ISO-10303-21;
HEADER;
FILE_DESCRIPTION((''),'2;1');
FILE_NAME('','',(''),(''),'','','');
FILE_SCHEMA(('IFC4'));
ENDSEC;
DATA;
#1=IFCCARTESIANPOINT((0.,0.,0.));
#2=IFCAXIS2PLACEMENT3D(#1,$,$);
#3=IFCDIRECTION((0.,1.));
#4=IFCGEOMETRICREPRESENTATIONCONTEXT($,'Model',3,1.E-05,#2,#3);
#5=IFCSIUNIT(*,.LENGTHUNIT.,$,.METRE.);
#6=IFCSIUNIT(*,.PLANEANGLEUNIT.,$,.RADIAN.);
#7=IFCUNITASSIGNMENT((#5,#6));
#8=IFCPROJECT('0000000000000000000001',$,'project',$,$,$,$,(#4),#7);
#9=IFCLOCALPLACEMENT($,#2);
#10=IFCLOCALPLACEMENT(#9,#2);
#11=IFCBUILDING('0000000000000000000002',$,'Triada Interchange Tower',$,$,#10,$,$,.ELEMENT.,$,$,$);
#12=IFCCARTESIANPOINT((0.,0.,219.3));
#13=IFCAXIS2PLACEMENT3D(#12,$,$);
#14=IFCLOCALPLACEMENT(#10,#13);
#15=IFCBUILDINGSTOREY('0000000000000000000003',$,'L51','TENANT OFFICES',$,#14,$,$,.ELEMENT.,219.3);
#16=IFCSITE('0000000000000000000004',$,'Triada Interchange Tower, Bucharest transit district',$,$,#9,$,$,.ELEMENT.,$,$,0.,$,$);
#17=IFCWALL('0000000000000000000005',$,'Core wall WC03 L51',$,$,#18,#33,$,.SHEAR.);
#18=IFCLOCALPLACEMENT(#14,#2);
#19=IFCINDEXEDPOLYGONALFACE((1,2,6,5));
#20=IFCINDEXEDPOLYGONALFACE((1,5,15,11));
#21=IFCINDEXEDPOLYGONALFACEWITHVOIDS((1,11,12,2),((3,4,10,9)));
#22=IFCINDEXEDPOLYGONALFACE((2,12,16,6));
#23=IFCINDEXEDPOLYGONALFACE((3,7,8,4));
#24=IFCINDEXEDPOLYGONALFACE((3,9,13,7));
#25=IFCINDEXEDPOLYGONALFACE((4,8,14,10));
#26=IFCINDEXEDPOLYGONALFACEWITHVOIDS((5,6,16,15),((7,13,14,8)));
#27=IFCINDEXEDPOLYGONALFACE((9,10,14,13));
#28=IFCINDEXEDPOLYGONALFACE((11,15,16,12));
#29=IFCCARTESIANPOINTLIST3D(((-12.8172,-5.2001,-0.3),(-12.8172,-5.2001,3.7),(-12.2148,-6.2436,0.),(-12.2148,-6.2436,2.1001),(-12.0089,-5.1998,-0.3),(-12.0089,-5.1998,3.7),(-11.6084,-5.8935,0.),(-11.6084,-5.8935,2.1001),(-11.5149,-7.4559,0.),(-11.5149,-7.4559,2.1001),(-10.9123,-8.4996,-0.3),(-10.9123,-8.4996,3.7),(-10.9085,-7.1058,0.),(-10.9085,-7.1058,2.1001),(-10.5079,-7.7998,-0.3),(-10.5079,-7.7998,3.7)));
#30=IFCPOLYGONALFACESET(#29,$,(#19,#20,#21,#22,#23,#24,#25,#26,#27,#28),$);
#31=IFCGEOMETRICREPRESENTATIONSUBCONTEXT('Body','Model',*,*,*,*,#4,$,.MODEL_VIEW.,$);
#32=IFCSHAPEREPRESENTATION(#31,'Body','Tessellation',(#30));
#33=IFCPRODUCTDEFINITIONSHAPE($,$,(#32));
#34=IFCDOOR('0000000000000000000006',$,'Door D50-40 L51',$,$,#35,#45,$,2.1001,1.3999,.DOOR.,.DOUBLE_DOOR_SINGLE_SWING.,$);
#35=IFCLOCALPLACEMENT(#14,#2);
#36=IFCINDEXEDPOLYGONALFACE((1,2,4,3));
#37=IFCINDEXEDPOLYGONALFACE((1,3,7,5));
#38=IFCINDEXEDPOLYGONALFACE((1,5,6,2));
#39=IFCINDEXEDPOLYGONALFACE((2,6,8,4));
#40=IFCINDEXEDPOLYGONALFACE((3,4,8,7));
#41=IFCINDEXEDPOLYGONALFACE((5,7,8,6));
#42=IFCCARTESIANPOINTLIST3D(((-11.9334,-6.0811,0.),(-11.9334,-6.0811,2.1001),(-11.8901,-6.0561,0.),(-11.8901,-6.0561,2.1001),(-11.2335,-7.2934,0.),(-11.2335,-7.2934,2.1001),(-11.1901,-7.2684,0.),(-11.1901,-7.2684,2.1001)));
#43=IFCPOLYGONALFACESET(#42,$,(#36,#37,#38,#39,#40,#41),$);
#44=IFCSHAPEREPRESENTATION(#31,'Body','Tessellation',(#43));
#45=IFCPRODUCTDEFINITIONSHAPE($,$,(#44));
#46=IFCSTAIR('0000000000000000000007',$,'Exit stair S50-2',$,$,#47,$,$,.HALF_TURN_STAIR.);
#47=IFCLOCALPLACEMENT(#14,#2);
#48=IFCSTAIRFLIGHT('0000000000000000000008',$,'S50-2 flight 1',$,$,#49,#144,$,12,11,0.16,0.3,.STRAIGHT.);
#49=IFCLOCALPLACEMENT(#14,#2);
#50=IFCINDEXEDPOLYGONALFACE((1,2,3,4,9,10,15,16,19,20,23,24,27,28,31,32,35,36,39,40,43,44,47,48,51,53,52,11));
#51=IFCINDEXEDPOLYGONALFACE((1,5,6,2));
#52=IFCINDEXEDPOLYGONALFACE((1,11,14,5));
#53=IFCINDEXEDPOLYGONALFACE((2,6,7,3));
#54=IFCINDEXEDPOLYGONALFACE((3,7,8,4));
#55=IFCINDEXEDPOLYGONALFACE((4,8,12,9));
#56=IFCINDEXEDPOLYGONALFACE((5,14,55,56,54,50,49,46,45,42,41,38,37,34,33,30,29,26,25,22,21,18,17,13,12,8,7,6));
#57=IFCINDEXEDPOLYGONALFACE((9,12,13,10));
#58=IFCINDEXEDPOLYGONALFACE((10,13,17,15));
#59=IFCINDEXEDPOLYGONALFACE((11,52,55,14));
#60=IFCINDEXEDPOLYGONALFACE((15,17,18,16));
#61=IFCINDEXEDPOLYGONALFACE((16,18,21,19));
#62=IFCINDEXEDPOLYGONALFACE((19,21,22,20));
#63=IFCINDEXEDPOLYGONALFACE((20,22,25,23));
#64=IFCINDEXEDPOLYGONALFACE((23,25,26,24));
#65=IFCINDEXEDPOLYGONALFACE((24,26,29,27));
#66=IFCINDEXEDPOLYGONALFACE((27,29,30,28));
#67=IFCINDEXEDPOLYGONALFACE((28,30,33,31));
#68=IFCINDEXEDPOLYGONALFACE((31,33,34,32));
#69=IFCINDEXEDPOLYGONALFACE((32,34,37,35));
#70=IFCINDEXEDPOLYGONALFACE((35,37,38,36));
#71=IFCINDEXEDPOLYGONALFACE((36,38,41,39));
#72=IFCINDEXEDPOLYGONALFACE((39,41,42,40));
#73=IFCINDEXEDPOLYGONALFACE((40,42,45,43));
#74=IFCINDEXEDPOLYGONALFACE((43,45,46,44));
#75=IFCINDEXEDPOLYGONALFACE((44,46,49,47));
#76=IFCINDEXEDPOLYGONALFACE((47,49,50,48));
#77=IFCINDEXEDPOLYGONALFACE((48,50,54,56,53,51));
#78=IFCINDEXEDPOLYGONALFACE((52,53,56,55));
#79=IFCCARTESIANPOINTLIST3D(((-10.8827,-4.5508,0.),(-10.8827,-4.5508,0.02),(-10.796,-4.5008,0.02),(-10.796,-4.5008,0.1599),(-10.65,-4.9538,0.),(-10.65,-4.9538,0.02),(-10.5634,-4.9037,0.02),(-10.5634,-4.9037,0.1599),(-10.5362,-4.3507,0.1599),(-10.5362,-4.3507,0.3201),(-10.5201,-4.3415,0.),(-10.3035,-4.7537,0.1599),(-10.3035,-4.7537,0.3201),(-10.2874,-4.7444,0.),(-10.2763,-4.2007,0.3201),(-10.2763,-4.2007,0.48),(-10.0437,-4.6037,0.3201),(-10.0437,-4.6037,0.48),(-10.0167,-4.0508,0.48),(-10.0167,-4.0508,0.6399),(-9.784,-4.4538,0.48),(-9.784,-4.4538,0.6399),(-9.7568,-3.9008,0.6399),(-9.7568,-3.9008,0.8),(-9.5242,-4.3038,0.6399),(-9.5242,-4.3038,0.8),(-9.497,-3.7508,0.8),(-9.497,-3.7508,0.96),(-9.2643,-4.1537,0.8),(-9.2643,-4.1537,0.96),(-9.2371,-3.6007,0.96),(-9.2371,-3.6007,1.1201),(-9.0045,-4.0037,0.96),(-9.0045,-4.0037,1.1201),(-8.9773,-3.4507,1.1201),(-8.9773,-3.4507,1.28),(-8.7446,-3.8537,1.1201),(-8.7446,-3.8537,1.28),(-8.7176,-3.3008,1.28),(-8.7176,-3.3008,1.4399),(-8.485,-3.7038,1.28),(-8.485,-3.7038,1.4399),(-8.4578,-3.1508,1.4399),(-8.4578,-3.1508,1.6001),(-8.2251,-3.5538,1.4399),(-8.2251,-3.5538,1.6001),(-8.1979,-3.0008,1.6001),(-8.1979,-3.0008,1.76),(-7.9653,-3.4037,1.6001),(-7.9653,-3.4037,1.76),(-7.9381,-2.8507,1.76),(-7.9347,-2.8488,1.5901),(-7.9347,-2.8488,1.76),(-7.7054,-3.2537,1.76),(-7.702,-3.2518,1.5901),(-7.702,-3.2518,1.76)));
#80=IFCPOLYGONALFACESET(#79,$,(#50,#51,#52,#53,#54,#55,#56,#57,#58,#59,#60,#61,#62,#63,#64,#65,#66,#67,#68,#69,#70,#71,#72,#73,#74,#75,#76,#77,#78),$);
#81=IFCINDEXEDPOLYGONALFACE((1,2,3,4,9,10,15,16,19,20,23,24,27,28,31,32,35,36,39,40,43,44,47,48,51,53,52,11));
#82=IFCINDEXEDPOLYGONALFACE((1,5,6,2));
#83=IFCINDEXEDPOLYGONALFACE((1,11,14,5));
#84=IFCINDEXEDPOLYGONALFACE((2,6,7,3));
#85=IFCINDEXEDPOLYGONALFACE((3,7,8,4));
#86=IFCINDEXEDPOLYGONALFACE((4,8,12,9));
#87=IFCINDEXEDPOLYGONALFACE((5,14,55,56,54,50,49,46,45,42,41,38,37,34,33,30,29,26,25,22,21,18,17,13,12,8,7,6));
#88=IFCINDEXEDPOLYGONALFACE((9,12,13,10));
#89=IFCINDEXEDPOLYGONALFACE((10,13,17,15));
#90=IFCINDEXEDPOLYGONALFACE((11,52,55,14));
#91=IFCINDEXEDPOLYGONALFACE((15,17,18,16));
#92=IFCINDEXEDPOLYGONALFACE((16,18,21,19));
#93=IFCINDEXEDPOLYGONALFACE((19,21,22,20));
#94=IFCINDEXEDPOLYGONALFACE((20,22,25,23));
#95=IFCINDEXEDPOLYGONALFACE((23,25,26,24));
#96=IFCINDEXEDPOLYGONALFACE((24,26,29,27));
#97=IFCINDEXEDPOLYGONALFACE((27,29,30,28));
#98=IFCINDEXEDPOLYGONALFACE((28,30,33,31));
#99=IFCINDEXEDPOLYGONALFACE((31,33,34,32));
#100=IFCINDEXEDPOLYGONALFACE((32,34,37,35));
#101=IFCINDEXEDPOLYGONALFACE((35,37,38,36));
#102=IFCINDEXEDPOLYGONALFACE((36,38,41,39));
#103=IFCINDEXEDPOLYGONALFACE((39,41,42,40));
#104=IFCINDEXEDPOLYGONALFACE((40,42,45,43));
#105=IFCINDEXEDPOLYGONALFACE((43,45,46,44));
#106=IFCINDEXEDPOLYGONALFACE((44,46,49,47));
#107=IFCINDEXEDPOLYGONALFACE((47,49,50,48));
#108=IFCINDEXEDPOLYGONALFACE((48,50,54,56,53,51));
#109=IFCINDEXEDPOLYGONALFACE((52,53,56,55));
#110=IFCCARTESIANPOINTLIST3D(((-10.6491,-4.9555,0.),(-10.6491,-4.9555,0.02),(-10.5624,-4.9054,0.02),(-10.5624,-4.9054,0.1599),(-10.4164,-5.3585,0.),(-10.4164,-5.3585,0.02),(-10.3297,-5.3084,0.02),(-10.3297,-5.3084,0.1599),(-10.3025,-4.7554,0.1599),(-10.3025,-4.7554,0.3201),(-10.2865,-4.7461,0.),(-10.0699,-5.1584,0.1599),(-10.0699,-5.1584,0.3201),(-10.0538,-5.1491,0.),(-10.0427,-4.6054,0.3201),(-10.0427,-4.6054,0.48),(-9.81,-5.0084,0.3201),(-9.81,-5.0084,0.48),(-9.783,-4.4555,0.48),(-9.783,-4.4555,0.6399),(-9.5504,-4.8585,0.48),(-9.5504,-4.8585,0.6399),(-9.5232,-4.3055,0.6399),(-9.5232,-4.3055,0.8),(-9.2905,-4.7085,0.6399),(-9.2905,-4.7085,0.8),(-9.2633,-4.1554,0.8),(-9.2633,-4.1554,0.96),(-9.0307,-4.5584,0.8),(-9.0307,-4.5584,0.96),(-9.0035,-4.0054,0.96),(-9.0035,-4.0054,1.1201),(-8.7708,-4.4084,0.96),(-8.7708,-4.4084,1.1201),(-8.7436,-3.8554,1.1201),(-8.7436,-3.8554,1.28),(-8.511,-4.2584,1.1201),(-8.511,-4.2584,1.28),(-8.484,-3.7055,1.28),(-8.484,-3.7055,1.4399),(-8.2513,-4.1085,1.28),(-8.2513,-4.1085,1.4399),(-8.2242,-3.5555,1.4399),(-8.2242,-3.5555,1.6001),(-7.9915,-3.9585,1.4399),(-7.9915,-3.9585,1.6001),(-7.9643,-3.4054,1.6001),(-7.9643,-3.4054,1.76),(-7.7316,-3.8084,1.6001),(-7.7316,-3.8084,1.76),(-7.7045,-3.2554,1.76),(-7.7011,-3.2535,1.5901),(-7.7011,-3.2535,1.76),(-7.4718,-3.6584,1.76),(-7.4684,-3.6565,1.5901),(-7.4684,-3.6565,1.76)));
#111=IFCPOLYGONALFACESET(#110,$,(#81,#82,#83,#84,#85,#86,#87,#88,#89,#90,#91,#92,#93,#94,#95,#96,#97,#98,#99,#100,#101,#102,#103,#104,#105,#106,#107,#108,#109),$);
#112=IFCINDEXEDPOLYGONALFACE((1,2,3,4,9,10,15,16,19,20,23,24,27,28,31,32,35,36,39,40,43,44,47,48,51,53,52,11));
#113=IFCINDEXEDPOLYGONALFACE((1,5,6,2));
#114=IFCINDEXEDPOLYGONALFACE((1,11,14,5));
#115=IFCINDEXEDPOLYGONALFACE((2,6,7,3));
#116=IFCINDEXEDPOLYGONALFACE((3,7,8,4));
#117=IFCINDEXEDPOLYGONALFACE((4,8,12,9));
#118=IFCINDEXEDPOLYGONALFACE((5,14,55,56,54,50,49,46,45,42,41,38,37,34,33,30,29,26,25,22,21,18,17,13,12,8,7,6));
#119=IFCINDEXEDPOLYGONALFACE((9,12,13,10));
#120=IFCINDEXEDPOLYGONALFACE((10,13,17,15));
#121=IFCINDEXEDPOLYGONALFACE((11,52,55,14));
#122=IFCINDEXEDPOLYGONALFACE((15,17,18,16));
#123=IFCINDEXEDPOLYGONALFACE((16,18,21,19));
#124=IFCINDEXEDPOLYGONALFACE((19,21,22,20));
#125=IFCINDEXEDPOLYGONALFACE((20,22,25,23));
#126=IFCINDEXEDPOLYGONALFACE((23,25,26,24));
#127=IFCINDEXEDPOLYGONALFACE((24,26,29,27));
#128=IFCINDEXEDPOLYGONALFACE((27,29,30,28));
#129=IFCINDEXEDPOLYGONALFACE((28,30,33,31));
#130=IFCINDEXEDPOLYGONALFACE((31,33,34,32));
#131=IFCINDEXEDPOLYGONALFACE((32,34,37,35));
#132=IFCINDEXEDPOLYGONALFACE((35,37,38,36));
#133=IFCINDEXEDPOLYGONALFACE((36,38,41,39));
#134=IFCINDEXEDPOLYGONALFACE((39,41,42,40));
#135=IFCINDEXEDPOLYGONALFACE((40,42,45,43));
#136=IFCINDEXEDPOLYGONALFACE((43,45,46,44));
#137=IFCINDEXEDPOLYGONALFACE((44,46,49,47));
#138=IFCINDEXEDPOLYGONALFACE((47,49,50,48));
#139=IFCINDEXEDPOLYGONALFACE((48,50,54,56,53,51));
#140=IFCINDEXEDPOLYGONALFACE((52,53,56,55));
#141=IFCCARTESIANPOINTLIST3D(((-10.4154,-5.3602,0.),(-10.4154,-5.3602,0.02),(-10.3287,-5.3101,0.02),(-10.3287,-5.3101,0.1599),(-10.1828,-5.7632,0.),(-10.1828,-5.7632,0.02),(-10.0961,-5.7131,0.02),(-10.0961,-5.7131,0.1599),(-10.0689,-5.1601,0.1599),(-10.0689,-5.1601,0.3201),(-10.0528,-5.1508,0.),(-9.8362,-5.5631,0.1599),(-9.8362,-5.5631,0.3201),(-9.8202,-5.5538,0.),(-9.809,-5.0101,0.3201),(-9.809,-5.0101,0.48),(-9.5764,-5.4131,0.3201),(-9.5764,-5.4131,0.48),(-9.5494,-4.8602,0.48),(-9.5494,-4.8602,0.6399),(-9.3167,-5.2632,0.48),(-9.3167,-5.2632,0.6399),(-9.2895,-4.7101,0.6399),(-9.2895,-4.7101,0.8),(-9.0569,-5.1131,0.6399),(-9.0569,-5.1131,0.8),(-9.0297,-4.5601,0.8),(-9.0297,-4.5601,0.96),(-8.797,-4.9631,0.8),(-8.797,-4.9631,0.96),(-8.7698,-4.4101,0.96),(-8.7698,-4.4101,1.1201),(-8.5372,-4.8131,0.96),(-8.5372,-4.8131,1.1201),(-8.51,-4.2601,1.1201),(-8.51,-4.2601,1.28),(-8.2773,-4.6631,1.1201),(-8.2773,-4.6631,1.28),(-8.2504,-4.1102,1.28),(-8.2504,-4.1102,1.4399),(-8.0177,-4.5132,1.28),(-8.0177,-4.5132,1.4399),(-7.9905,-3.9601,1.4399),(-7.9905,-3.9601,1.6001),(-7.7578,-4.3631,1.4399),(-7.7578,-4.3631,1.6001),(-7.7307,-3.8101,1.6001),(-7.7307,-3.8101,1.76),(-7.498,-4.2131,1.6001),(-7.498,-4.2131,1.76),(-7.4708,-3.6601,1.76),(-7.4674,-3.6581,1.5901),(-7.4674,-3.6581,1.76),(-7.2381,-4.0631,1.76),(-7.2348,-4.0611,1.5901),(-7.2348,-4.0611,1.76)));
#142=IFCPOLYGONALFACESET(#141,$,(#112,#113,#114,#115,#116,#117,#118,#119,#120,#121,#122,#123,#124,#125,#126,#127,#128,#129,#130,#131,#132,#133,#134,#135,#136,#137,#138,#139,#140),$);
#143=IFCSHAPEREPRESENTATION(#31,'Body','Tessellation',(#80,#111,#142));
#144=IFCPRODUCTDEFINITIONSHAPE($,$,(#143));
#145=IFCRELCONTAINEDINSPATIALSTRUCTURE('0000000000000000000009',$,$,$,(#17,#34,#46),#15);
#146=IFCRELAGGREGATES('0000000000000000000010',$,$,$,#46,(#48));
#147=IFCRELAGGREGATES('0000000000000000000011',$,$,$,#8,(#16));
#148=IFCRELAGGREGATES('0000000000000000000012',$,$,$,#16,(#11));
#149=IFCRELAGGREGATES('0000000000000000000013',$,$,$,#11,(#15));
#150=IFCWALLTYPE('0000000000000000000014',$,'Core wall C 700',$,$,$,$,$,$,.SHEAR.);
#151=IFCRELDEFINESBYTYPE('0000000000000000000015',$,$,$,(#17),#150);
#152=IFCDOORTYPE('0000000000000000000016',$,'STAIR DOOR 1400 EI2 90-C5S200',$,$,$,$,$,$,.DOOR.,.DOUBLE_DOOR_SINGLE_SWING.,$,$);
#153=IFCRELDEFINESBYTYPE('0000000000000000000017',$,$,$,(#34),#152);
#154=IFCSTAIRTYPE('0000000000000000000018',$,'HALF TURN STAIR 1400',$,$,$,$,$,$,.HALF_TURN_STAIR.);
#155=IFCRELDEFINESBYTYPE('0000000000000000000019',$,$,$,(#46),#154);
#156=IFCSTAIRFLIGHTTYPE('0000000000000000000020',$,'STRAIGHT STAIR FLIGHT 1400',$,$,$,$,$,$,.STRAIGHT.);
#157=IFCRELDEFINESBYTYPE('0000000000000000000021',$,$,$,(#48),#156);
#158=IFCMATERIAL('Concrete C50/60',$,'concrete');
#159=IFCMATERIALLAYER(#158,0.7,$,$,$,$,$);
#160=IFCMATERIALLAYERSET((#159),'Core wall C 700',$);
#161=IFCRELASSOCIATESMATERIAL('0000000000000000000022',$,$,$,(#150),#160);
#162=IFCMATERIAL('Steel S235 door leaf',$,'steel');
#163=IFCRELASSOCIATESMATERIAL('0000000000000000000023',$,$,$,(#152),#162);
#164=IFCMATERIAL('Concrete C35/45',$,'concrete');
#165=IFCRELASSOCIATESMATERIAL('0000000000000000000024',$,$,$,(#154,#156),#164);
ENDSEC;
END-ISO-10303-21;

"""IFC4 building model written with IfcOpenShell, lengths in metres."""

from ifc_helpers import new_model, si_unit, direction, frame, frame_2d, origin, place, context, subcontext, project, spatial, polyline, rectangle, outline, extrude, material, layer, layer_set, type_object, element, fill, aggregate, save


model = new_model("IFC4")

# Units and contexts
model_context = context("Model", 3, precision=1e-05, world=origin(), true_north=direction((0.0, 1.0)))
body_context = subcontext(model_context, "Body", "Model", "MODEL_VIEW")
ifc_project = project(units=[si_unit("LENGTHUNIT", "METRE"), si_unit("PLANEANGLEUNIT", "RADIAN")], contexts=[model_context])

# Site, building, storey
site_placement = place(None, origin())
site = spatial("IfcSite", under=ifc_project, at=site_placement, Name="Triada Interchange Tower, Bucharest transit district", CompositionType="ELEMENT", RefElevation=0.0)
building_placement = place(site_placement, origin())
building = spatial("IfcBuilding", under=site, at=building_placement, Name="Triada Interchange Tower", CompositionType="ELEMENT")
storey_placement = place(building_placement, frame((0.0, 0.0, 219.3)))
storey = spatial("IfcBuildingStorey", under=building, at=storey_placement, Name="L51", Description="TENANT OFFICES", CompositionType="ELEMENT", Elevation=219.3)

# Shared definitions
ifc_material_1 = material(Name="Steel S235 door leaf", Category="steel")

# Wall, opening, door
ifc_material_2 = material(Name="Concrete C50/60", Category="concrete")
ifc_layer_1 = layer(ifc_material_2, 0.7)
ifc_layer_set_1 = layer_set([ifc_layer_1], Name="Core wall C 700")
wall_type_1 = type_object("IfcWallType", Name="Core wall C 700", PredefinedType="SHEAR", material=ifc_layer_set_1)
wall_1_placement = place(storey_placement, frame((-12.4131, -5.2, -0.3), z_axis=(0.0, 0.0, 1.0), x_axis=(0.499993, -0.866029, 0.0)))
wall_1 = element("IfcWall", 1, at=wall_1_placement, inside=storey, type_object=wall_type_1, Name="Core wall WC03 L51", PredefinedType="SHEAR", context=body_context, shape_type="SweptSolid", body=[
    extrude(outline(polyline([(-0.2019, -0.3501), (1.7031, -0.3501), (3.6079, -0.3501), (3.2041, 0.3501), (1.7031, 0.3501), (0.2019, 0.3501), (-0.2019, -0.3501)])), origin(), (0.0, 0.0, 1.0), 4.0),
])
opening_1_placement = place(wall_1_placement, frame((1.0029, 0.0, 0.3)))
opening_1 = element("IfcOpeningElement", 2, at=opening_1_placement, cuts=wall_1, PredefinedType="OPENING", context=body_context, shape_type="SweptSolid", body=[
    extrude(rectangle(XDim=1.3999, YDim=2.1001, at=frame_2d((0.7, 1.05))), frame((0.0, 0.3601, 0.0), z_axis=(0.0, -1.0, 0.0), x_axis=(1.0, 0.0, 0.0)), (0.0, 0.0, 1.0), 0.7202),
])
door_type_1 = type_object("IfcDoorType", Name="STAIR DOOR 1400 EI2 90-C5S200", OperationType="DOUBLE_DOOR_SINGLE_SWING", PredefinedType="DOOR", material=ifc_material_1)
door_1_placement = place(opening_1_placement, origin())
door_1 = element("IfcDoor", 3, at=door_1_placement, inside=storey, type_object=door_type_1, Name="Door D50-40 L51", OperationType="DOUBLE_DOOR_SINGLE_SWING", OverallHeight=2.1001, OverallWidth=1.3999, PredefinedType="DOOR", context=body_context, shape_type="SweptSolid", body=[
    extrude(rectangle(XDim=1.3999, YDim=2.1001, at=frame_2d((0.7, 1.05))), frame((0.0, 0.0249, 0.0), z_axis=(0.0, -1.0, 0.0), x_axis=(1.0, 0.0, 0.0)), (0.0, 0.0, 1.0), 0.05),
])
fill(opening_1, door_1)

# Stair, stair flight
ifc_material_3 = material(Name="Concrete C35/45", Category="concrete")
stair_type = type_object("IfcStairType", Name="HALF TURN STAIR 1400", PredefinedType="HALF_TURN_STAIR", material=ifc_material_3)
stair_placement = place(storey_placement, origin())
stair = element("IfcStair", 4, at=stair_placement, inside=storey, type_object=stair_type, Name="Exit stair S50-2", PredefinedType="HALF_TURN_STAIR")
stair_flight_type = type_object("IfcStairFlightType", Name="STRAIGHT STAIR FLIGHT 1400", PredefinedType="STRAIGHT", material=ifc_material_3)
stair_flight_1_placement = place(storey_placement, frame((-10.446, -5.1069, 0.0), z_axis=(0.0, 0.0, 1.0), x_axis=(0.866025, 0.5, 0.0)))
stair_flight_1 = element("IfcStairFlight", 5, at=stair_flight_1_placement, type_object=stair_flight_type, Name="S50-2 flight 1", NumberOfRisers=12, NumberOfTreads=11, PredefinedType="STRAIGHT", RiserHeight=0.16, TreadLength=0.3, context=body_context, shape_type="SweptSolid", body=[
    extrude(outline(polyline([(-0.1001, 0.0), (-0.1001, 0.02), (0.0, 0.02), (0.0, 0.1599), (0.3, 0.1599), (0.3, 0.3201), (0.6001, 0.3201), (0.6001, 0.48), (0.8999, 0.48), (0.8999, 0.6399), (1.2, 0.6399), (1.2, 0.8), (1.5, 0.8), (1.5, 0.96), (1.8, 0.96), (1.8, 1.1201), (2.1001, 1.1201), (2.1001, 1.28), (2.3999, 1.28), (2.3999, 1.4399), (2.7, 1.4399), (2.7, 1.6001), (3.0, 1.6001), (3.0, 1.76), (3.3, 1.76), (3.304, 1.76), (3.304, 1.9199), (3.304, 1.5901), (0.3186, 0.0), (-0.1001, 0.0)])), frame((0.0, 0.7, 0.0), z_axis=(0.0, -1.0, 0.0), x_axis=(1.0, 0.0, 0.0)), (0.0, 0.0, 1.0), 0.4653),
    extrude(outline(polyline([(-0.1001, 0.0), (-0.1001, 0.02), (0.0, 0.02), (0.0, 0.1599), (0.3, 0.1599), (0.3, 0.3201), (0.6001, 0.3201), (0.6001, 0.48), (0.8999, 0.48), (0.8999, 0.6399), (1.2, 0.6399), (1.2, 0.8), (1.5, 0.8), (1.5, 0.96), (1.8, 0.96), (1.8, 1.1201), (2.1001, 1.1201), (2.1001, 1.28), (2.3999, 1.28), (2.3999, 1.4399), (2.7, 1.4399), (2.7, 1.6001), (3.0, 1.6001), (3.0, 1.76), (3.3, 1.76), (3.304, 1.76), (3.304, 1.9199), (3.304, 1.5901), (0.3186, 0.0), (-0.1001, 0.0)])), frame((0.0, 0.2327, 0.0), z_axis=(0.0, -1.0, 0.0), x_axis=(1.0, 0.0, 0.0)), (0.0, 0.0, 1.0), 0.4653),
    extrude(outline(polyline([(-0.1001, 0.0), (-0.1001, 0.02), (0.0, 0.02), (0.0, 0.1599), (0.3, 0.1599), (0.3, 0.3201), (0.6001, 0.3201), (0.6001, 0.48), (0.8999, 0.48), (0.8999, 0.6399), (1.2, 0.6399), (1.2, 0.8), (1.5, 0.8), (1.5, 0.96), (1.8, 0.96), (1.8, 1.1201), (2.1001, 1.1201), (2.1001, 1.28), (2.3999, 1.28), (2.3999, 1.4399), (2.7, 1.4399), (2.7, 1.6001), (3.0, 1.6001), (3.0, 1.76), (3.3, 1.76), (3.304, 1.76), (3.304, 1.9199), (3.304, 1.5901), (0.3186, 0.0), (-0.1001, 0.0)])), frame((0.0, -0.2346, 0.0), z_axis=(0.0, -1.0, 0.0), x_axis=(1.0, 0.0, 0.0)), (0.0, 0.0, 1.0), 0.4653),
])
aggregate(stair, [stair_flight_1])

save(model, "model.ifc")
